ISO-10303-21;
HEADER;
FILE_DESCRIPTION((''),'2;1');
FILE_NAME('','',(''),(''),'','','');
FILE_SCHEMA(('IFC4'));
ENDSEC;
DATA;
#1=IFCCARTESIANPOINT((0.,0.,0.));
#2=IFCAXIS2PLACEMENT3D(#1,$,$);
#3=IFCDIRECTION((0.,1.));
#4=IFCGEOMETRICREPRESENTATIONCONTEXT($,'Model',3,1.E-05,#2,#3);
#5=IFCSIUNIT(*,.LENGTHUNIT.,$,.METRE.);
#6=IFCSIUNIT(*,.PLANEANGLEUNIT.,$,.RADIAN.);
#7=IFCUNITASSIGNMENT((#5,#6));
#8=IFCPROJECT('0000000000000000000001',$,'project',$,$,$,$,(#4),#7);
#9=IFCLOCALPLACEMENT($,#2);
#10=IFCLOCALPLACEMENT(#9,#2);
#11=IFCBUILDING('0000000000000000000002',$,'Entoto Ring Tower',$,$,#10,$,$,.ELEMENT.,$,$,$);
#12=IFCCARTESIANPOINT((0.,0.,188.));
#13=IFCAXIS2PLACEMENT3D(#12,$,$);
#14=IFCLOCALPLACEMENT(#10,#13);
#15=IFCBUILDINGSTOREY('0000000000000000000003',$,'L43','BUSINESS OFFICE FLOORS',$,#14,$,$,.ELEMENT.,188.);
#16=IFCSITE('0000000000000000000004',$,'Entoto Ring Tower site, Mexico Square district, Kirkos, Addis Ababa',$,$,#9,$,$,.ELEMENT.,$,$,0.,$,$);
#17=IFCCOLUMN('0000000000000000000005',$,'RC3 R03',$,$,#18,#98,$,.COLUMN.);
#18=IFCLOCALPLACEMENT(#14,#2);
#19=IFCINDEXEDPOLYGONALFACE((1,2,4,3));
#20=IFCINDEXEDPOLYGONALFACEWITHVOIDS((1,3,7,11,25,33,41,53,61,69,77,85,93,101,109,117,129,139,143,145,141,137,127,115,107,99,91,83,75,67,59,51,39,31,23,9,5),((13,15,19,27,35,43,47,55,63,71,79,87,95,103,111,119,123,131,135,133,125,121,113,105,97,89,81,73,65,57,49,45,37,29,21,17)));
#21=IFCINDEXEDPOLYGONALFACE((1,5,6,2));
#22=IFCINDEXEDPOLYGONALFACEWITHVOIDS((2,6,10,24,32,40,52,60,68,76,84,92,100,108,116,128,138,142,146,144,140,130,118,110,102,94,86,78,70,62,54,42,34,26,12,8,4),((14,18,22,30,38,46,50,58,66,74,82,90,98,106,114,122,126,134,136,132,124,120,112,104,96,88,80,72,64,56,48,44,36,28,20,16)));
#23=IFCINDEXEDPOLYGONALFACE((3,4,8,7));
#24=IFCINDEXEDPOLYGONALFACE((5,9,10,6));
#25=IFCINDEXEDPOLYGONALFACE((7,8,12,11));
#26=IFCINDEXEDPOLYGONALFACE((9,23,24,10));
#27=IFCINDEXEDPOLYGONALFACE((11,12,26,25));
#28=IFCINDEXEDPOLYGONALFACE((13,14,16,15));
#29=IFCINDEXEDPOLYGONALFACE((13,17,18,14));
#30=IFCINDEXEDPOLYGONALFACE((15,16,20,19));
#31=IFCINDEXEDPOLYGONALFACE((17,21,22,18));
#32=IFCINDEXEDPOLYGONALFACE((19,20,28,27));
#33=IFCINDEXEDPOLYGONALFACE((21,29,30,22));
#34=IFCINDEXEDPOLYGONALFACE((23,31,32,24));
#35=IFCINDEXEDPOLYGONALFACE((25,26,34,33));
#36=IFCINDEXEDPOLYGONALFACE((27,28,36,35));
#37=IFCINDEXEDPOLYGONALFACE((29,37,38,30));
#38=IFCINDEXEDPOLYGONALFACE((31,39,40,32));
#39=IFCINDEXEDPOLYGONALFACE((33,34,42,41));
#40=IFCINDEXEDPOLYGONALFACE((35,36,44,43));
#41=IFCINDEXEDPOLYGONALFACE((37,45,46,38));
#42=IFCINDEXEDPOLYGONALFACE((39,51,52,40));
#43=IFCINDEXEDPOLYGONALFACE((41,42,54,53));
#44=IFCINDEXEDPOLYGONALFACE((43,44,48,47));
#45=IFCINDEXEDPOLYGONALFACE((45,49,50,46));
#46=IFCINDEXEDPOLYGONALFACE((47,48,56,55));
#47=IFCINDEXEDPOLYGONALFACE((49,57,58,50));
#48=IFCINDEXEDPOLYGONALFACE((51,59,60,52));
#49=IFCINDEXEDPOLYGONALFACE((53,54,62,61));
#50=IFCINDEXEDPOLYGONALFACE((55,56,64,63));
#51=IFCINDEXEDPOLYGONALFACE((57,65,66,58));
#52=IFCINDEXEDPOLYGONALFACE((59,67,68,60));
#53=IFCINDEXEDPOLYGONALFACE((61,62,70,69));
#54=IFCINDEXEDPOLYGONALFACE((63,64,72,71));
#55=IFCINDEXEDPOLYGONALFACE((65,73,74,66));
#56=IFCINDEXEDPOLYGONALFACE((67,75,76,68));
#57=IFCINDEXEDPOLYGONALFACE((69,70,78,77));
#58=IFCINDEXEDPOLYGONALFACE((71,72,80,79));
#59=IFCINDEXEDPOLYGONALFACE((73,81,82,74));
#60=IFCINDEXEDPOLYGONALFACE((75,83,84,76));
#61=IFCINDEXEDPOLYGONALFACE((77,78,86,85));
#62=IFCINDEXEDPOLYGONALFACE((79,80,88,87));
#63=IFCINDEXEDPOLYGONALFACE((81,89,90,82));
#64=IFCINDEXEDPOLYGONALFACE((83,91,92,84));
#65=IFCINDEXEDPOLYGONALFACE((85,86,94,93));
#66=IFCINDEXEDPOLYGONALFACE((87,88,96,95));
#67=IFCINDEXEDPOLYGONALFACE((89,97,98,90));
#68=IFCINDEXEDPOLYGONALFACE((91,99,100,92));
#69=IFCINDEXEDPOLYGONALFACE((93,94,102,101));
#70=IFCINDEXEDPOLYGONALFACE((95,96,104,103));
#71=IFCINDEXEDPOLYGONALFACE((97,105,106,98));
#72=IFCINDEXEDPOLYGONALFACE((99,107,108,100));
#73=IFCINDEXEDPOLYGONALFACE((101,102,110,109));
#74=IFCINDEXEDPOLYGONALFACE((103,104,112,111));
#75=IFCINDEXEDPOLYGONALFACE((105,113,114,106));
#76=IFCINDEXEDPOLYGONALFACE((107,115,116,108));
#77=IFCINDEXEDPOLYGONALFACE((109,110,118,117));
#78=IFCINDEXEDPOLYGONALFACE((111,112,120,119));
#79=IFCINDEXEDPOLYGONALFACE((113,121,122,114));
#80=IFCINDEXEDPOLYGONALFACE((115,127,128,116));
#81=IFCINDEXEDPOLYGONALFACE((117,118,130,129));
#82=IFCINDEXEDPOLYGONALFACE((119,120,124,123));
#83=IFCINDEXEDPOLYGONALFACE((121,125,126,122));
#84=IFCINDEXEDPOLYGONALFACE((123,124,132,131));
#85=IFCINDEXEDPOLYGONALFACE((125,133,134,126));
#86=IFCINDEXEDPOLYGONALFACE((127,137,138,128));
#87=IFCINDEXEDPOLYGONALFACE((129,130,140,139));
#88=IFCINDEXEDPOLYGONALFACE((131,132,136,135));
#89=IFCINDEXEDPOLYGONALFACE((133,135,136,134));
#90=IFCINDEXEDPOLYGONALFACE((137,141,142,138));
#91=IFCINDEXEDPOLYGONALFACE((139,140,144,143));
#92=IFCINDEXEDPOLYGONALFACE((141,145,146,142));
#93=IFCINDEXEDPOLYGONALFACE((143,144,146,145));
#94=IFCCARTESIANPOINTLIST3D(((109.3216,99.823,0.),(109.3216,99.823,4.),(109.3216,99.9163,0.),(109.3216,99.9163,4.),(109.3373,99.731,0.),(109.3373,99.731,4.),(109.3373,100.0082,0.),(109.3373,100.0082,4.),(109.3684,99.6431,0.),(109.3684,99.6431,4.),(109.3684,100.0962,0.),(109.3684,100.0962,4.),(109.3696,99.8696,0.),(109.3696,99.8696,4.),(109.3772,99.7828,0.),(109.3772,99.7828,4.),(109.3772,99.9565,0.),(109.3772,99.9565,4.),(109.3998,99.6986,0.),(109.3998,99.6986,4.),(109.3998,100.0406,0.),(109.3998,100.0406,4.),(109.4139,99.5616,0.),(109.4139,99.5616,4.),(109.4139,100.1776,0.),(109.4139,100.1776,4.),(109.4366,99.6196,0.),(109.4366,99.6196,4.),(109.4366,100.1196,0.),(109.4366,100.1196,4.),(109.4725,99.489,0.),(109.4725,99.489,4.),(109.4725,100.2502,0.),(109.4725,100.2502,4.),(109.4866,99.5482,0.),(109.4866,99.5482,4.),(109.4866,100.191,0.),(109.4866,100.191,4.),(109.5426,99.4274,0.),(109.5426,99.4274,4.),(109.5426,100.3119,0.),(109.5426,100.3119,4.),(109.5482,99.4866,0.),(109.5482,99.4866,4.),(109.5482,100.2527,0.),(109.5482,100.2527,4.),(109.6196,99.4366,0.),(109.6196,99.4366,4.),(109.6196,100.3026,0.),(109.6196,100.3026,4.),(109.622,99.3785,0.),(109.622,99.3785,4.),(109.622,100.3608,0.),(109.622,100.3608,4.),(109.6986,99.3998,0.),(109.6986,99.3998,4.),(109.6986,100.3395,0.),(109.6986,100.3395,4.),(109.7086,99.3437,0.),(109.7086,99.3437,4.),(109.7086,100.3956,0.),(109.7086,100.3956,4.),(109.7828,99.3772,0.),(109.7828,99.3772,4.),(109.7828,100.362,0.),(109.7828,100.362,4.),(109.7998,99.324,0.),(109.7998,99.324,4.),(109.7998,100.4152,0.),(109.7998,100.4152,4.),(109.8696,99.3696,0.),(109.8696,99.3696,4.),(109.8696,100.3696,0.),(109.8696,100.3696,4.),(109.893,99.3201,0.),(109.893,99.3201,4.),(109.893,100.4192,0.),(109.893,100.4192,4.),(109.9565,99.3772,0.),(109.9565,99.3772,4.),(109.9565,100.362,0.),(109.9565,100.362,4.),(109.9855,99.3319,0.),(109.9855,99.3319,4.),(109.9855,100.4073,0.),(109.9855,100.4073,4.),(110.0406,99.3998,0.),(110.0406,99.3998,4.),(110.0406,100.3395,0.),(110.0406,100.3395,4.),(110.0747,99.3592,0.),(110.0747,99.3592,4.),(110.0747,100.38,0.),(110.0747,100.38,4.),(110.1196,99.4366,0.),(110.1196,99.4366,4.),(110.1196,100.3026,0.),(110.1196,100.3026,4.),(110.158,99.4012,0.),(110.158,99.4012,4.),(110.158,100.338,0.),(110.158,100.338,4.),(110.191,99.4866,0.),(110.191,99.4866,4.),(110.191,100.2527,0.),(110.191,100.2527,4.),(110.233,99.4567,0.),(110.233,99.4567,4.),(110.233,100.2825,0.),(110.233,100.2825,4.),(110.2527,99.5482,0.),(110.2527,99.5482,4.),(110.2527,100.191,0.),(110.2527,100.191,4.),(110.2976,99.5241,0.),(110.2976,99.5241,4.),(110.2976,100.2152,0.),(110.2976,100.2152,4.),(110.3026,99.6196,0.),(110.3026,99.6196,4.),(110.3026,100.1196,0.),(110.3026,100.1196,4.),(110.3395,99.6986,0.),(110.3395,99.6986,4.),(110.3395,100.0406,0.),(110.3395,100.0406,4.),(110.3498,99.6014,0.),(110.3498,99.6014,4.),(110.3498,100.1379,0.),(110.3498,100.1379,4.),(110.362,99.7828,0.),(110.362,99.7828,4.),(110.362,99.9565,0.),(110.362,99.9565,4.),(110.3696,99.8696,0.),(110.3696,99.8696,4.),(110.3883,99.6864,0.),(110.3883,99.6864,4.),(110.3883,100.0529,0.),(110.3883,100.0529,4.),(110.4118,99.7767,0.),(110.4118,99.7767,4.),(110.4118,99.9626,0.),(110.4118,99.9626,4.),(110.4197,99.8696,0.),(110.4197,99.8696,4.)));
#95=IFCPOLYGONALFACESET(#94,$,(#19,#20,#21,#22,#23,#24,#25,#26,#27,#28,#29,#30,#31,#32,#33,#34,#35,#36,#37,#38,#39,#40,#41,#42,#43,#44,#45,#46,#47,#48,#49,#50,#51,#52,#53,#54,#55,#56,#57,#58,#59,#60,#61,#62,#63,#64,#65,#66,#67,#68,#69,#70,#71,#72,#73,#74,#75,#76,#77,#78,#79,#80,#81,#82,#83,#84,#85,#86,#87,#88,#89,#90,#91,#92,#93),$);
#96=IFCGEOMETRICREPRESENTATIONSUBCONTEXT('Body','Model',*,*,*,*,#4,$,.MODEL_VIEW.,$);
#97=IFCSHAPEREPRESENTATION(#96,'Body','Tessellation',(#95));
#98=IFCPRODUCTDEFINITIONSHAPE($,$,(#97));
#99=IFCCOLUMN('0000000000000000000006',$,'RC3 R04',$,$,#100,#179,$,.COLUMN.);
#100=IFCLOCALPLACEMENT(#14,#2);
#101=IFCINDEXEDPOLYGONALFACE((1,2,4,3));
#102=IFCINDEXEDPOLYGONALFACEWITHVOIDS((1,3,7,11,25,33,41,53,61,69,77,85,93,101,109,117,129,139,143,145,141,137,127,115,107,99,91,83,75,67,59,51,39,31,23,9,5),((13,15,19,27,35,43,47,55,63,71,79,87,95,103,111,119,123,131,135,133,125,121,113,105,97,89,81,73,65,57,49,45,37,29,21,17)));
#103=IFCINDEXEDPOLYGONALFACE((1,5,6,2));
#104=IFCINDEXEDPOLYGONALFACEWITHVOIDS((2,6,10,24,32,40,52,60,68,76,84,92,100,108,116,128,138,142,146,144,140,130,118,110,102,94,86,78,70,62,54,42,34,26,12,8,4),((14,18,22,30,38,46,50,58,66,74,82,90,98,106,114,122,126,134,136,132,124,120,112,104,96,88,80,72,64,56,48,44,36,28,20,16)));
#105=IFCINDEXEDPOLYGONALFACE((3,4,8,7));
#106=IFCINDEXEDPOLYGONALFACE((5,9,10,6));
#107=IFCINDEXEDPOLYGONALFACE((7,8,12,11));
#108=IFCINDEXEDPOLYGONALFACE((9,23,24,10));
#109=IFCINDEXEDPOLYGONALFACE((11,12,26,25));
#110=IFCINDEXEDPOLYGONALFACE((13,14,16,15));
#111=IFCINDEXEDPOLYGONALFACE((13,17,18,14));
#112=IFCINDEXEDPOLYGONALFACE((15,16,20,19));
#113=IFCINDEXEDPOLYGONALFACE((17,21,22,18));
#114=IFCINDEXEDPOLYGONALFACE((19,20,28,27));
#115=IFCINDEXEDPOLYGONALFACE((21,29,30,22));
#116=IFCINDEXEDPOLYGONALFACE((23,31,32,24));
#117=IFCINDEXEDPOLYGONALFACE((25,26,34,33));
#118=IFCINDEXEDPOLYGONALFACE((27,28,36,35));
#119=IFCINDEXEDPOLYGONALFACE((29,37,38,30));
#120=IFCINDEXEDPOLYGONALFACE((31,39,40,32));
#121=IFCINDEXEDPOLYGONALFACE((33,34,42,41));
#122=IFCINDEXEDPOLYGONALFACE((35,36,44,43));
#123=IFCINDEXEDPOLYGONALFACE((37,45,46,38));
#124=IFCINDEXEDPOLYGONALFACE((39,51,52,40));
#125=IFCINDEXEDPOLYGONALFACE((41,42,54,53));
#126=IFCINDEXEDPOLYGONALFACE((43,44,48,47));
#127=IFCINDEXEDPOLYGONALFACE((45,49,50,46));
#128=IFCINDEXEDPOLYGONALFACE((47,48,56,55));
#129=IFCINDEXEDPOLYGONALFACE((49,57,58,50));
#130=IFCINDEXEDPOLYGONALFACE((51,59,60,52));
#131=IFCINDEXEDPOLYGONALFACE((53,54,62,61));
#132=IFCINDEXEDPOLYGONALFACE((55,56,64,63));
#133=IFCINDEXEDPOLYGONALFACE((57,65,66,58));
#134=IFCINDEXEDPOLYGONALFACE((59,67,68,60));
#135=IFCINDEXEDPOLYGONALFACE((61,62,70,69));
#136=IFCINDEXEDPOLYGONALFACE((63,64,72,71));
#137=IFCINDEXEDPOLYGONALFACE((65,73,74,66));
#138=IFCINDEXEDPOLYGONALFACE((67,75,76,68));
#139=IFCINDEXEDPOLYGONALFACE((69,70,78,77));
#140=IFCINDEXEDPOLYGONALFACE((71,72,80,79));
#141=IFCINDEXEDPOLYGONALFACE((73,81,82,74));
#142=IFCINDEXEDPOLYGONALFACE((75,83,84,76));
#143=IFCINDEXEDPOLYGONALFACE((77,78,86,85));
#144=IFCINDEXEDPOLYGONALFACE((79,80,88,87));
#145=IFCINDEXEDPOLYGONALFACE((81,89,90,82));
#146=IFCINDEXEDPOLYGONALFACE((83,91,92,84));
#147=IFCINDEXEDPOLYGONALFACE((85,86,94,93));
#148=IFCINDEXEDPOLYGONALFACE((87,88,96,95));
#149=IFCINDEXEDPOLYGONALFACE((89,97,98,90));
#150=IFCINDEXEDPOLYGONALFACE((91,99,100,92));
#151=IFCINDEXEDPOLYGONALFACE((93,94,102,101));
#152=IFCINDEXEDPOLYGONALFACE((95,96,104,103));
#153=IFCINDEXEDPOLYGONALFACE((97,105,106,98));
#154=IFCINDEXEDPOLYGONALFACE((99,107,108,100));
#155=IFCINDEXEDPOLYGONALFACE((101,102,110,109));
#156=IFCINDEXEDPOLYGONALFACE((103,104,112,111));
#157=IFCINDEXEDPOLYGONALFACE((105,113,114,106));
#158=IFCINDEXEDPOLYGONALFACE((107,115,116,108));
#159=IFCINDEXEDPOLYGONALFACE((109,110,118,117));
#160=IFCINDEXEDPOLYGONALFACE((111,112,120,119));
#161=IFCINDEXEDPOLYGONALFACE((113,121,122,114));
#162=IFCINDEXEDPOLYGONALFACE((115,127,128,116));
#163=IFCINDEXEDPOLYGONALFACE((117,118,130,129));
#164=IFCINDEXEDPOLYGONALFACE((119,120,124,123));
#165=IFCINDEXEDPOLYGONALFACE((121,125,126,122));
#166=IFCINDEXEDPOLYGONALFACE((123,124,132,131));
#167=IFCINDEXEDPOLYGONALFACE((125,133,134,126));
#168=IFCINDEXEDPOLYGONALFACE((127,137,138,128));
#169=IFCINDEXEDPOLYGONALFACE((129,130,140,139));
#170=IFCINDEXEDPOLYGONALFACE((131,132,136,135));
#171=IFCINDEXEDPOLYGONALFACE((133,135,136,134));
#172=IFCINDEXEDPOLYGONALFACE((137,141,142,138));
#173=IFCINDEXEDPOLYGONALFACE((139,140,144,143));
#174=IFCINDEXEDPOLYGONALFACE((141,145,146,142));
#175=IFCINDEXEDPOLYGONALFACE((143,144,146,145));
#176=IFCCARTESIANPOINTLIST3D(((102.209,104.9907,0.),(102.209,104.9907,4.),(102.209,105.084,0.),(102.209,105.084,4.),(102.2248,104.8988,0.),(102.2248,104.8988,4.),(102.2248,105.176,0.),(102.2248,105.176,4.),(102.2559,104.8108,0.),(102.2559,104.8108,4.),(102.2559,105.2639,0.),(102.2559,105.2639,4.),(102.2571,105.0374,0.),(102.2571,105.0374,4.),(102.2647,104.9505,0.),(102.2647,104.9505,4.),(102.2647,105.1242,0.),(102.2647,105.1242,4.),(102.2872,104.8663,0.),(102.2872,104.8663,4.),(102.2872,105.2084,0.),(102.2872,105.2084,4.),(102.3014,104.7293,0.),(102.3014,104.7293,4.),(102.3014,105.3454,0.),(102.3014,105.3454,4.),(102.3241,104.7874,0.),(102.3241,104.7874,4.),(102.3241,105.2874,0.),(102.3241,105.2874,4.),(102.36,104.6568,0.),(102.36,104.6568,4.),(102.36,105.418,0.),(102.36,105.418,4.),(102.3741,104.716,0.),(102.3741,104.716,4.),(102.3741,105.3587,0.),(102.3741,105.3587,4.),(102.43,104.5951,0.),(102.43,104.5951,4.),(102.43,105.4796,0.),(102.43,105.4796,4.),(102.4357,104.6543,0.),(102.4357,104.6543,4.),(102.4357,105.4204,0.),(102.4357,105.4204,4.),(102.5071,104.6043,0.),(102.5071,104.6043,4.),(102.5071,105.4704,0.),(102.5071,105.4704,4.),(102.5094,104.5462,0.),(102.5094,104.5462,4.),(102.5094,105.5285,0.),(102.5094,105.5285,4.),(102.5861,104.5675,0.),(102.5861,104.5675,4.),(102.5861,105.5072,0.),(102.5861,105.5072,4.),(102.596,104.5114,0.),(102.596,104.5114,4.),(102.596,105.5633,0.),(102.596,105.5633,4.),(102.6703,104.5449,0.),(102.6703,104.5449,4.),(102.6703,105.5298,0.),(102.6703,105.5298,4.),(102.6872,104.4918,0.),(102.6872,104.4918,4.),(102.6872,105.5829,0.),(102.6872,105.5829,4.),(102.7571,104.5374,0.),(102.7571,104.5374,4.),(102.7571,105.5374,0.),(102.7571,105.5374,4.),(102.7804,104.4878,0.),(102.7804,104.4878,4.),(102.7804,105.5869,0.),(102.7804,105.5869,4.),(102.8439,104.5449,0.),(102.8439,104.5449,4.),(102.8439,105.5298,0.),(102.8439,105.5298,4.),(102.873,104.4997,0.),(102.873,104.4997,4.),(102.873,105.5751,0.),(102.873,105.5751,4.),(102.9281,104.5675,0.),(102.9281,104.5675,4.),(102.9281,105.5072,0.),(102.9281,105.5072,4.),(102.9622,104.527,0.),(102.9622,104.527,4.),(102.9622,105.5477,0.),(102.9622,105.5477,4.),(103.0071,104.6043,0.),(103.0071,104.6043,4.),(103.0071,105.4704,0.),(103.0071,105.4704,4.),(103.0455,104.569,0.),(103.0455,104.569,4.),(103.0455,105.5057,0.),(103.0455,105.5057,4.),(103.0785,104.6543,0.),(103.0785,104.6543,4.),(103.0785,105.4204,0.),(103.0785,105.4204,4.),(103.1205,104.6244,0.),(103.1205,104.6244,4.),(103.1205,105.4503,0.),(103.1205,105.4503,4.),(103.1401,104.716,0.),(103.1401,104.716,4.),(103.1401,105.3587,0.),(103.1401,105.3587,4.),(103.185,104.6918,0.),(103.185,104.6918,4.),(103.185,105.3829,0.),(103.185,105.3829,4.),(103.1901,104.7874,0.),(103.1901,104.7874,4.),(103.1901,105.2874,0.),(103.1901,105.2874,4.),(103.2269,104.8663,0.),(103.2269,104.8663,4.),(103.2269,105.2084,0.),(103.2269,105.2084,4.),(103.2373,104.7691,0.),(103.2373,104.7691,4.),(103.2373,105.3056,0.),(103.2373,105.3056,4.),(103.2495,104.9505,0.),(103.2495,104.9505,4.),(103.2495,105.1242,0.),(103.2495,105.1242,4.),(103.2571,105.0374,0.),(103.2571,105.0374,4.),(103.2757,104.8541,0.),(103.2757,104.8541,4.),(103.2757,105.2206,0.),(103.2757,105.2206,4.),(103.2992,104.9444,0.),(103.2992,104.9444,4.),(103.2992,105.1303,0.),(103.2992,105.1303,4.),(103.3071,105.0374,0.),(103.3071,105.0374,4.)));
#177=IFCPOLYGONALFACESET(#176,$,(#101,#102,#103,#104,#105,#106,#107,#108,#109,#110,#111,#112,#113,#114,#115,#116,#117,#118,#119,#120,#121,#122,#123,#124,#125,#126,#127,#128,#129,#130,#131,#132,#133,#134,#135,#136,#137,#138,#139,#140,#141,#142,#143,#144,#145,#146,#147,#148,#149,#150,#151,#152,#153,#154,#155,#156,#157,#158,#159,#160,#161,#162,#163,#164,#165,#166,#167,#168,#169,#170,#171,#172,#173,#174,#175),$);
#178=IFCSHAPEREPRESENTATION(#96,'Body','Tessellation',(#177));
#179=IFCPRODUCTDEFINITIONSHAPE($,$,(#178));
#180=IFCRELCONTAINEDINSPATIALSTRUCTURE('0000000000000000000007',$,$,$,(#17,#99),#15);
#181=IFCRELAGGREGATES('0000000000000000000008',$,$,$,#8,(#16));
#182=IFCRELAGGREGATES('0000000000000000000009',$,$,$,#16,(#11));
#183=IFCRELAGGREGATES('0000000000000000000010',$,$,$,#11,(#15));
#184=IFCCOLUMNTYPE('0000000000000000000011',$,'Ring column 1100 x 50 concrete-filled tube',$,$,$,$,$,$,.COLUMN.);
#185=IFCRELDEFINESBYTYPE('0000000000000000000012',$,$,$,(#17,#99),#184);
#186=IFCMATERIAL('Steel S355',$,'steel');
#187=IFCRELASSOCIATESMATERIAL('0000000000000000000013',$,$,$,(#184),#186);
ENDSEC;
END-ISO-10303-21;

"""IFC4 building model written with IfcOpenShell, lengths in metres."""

from ifc_helpers import new_model, si_unit, direction, frame, origin, origin_2d, place, context, subcontext, project, spatial, circle, hollow_circle, extrude, material, material_profile, profile_set, type_object, element, save


model = new_model("IFC4")

# Units and contexts
model_context = context("Model", 3, precision=1e-05, world=origin(), true_north=direction((0.0, 1.0)))
body_context = subcontext(model_context, "Body", "Model", "MODEL_VIEW")
ifc_project = project(units=[si_unit("LENGTHUNIT", "METRE"), si_unit("PLANEANGLEUNIT", "RADIAN")], contexts=[model_context])

# Site, building, storey
site_placement = place(None, origin())
site = spatial("IfcSite", under=ifc_project, at=site_placement, Name="Entoto Ring Tower site, Mexico Square district, Kirkos, Addis Ababa", CompositionType="ELEMENT", RefElevation=0.0)
building_placement = place(site_placement, origin())
building = spatial("IfcBuilding", under=site, at=building_placement, Name="Entoto Ring Tower", CompositionType="ELEMENT")
storey_placement = place(building_placement, frame((0.0, 0.0, 188.0)))
storey = spatial("IfcBuildingStorey", under=building, at=storey_placement, Name="L43", Description="BUSINESS OFFICE FLOORS", CompositionType="ELEMENT", Elevation=188.0)

# Columns
ifc_material_1 = material(Name="Steel S355", Category="steel")
ifc_material_profile_1 = material_profile(ifc_material_1, hollow_circle(Radius=0.55, WallThickness=0.05, at=origin_2d()), Name="CHS 1100 x 50")
ifc_material_2 = material(Name="Concrete C60/75", Category="concrete")
ifc_material_profile_2 = material_profile(ifc_material_2, circle(Radius=0.5, at=origin_2d()), Name="Concrete C60/75 infill")
ifc_profile_set_1 = profile_set([ifc_material_profile_1, ifc_material_profile_2], Name="Steel S355")
column_type = type_object("IfcColumnType", Name="Ring column 1100 x 50 concrete-filled tube", PredefinedType="COLUMN", material=ifc_profile_set_1)
for number, where, z_axis, x_axis, name in (
    (1, (109.8696, 99.8696, 0.0), (0.0, 0.0, 1.0), (1.0, 0.0, 0.0), "RC3 R03"),
    (2, (102.7571, 105.0374, 0.0), (0.0, 0.0, 1.0), (1.0, 0.0, 0.0), "RC3 R04"),
):
    element("IfcColumn", number, at=place(storey_placement, frame(where, z_axis=z_axis, x_axis=x_axis)), inside=storey, type_object=column_type, Name=name, PredefinedType="COLUMN", context=body_context, shape_type="SweptSolid", body=[
        extrude(hollow_circle(Radius=0.55, WallThickness=0.05, at=origin_2d()), origin(), (0.0, 0.0, 1.0), 4.0),
    ])

save(model, "model.ifc")
